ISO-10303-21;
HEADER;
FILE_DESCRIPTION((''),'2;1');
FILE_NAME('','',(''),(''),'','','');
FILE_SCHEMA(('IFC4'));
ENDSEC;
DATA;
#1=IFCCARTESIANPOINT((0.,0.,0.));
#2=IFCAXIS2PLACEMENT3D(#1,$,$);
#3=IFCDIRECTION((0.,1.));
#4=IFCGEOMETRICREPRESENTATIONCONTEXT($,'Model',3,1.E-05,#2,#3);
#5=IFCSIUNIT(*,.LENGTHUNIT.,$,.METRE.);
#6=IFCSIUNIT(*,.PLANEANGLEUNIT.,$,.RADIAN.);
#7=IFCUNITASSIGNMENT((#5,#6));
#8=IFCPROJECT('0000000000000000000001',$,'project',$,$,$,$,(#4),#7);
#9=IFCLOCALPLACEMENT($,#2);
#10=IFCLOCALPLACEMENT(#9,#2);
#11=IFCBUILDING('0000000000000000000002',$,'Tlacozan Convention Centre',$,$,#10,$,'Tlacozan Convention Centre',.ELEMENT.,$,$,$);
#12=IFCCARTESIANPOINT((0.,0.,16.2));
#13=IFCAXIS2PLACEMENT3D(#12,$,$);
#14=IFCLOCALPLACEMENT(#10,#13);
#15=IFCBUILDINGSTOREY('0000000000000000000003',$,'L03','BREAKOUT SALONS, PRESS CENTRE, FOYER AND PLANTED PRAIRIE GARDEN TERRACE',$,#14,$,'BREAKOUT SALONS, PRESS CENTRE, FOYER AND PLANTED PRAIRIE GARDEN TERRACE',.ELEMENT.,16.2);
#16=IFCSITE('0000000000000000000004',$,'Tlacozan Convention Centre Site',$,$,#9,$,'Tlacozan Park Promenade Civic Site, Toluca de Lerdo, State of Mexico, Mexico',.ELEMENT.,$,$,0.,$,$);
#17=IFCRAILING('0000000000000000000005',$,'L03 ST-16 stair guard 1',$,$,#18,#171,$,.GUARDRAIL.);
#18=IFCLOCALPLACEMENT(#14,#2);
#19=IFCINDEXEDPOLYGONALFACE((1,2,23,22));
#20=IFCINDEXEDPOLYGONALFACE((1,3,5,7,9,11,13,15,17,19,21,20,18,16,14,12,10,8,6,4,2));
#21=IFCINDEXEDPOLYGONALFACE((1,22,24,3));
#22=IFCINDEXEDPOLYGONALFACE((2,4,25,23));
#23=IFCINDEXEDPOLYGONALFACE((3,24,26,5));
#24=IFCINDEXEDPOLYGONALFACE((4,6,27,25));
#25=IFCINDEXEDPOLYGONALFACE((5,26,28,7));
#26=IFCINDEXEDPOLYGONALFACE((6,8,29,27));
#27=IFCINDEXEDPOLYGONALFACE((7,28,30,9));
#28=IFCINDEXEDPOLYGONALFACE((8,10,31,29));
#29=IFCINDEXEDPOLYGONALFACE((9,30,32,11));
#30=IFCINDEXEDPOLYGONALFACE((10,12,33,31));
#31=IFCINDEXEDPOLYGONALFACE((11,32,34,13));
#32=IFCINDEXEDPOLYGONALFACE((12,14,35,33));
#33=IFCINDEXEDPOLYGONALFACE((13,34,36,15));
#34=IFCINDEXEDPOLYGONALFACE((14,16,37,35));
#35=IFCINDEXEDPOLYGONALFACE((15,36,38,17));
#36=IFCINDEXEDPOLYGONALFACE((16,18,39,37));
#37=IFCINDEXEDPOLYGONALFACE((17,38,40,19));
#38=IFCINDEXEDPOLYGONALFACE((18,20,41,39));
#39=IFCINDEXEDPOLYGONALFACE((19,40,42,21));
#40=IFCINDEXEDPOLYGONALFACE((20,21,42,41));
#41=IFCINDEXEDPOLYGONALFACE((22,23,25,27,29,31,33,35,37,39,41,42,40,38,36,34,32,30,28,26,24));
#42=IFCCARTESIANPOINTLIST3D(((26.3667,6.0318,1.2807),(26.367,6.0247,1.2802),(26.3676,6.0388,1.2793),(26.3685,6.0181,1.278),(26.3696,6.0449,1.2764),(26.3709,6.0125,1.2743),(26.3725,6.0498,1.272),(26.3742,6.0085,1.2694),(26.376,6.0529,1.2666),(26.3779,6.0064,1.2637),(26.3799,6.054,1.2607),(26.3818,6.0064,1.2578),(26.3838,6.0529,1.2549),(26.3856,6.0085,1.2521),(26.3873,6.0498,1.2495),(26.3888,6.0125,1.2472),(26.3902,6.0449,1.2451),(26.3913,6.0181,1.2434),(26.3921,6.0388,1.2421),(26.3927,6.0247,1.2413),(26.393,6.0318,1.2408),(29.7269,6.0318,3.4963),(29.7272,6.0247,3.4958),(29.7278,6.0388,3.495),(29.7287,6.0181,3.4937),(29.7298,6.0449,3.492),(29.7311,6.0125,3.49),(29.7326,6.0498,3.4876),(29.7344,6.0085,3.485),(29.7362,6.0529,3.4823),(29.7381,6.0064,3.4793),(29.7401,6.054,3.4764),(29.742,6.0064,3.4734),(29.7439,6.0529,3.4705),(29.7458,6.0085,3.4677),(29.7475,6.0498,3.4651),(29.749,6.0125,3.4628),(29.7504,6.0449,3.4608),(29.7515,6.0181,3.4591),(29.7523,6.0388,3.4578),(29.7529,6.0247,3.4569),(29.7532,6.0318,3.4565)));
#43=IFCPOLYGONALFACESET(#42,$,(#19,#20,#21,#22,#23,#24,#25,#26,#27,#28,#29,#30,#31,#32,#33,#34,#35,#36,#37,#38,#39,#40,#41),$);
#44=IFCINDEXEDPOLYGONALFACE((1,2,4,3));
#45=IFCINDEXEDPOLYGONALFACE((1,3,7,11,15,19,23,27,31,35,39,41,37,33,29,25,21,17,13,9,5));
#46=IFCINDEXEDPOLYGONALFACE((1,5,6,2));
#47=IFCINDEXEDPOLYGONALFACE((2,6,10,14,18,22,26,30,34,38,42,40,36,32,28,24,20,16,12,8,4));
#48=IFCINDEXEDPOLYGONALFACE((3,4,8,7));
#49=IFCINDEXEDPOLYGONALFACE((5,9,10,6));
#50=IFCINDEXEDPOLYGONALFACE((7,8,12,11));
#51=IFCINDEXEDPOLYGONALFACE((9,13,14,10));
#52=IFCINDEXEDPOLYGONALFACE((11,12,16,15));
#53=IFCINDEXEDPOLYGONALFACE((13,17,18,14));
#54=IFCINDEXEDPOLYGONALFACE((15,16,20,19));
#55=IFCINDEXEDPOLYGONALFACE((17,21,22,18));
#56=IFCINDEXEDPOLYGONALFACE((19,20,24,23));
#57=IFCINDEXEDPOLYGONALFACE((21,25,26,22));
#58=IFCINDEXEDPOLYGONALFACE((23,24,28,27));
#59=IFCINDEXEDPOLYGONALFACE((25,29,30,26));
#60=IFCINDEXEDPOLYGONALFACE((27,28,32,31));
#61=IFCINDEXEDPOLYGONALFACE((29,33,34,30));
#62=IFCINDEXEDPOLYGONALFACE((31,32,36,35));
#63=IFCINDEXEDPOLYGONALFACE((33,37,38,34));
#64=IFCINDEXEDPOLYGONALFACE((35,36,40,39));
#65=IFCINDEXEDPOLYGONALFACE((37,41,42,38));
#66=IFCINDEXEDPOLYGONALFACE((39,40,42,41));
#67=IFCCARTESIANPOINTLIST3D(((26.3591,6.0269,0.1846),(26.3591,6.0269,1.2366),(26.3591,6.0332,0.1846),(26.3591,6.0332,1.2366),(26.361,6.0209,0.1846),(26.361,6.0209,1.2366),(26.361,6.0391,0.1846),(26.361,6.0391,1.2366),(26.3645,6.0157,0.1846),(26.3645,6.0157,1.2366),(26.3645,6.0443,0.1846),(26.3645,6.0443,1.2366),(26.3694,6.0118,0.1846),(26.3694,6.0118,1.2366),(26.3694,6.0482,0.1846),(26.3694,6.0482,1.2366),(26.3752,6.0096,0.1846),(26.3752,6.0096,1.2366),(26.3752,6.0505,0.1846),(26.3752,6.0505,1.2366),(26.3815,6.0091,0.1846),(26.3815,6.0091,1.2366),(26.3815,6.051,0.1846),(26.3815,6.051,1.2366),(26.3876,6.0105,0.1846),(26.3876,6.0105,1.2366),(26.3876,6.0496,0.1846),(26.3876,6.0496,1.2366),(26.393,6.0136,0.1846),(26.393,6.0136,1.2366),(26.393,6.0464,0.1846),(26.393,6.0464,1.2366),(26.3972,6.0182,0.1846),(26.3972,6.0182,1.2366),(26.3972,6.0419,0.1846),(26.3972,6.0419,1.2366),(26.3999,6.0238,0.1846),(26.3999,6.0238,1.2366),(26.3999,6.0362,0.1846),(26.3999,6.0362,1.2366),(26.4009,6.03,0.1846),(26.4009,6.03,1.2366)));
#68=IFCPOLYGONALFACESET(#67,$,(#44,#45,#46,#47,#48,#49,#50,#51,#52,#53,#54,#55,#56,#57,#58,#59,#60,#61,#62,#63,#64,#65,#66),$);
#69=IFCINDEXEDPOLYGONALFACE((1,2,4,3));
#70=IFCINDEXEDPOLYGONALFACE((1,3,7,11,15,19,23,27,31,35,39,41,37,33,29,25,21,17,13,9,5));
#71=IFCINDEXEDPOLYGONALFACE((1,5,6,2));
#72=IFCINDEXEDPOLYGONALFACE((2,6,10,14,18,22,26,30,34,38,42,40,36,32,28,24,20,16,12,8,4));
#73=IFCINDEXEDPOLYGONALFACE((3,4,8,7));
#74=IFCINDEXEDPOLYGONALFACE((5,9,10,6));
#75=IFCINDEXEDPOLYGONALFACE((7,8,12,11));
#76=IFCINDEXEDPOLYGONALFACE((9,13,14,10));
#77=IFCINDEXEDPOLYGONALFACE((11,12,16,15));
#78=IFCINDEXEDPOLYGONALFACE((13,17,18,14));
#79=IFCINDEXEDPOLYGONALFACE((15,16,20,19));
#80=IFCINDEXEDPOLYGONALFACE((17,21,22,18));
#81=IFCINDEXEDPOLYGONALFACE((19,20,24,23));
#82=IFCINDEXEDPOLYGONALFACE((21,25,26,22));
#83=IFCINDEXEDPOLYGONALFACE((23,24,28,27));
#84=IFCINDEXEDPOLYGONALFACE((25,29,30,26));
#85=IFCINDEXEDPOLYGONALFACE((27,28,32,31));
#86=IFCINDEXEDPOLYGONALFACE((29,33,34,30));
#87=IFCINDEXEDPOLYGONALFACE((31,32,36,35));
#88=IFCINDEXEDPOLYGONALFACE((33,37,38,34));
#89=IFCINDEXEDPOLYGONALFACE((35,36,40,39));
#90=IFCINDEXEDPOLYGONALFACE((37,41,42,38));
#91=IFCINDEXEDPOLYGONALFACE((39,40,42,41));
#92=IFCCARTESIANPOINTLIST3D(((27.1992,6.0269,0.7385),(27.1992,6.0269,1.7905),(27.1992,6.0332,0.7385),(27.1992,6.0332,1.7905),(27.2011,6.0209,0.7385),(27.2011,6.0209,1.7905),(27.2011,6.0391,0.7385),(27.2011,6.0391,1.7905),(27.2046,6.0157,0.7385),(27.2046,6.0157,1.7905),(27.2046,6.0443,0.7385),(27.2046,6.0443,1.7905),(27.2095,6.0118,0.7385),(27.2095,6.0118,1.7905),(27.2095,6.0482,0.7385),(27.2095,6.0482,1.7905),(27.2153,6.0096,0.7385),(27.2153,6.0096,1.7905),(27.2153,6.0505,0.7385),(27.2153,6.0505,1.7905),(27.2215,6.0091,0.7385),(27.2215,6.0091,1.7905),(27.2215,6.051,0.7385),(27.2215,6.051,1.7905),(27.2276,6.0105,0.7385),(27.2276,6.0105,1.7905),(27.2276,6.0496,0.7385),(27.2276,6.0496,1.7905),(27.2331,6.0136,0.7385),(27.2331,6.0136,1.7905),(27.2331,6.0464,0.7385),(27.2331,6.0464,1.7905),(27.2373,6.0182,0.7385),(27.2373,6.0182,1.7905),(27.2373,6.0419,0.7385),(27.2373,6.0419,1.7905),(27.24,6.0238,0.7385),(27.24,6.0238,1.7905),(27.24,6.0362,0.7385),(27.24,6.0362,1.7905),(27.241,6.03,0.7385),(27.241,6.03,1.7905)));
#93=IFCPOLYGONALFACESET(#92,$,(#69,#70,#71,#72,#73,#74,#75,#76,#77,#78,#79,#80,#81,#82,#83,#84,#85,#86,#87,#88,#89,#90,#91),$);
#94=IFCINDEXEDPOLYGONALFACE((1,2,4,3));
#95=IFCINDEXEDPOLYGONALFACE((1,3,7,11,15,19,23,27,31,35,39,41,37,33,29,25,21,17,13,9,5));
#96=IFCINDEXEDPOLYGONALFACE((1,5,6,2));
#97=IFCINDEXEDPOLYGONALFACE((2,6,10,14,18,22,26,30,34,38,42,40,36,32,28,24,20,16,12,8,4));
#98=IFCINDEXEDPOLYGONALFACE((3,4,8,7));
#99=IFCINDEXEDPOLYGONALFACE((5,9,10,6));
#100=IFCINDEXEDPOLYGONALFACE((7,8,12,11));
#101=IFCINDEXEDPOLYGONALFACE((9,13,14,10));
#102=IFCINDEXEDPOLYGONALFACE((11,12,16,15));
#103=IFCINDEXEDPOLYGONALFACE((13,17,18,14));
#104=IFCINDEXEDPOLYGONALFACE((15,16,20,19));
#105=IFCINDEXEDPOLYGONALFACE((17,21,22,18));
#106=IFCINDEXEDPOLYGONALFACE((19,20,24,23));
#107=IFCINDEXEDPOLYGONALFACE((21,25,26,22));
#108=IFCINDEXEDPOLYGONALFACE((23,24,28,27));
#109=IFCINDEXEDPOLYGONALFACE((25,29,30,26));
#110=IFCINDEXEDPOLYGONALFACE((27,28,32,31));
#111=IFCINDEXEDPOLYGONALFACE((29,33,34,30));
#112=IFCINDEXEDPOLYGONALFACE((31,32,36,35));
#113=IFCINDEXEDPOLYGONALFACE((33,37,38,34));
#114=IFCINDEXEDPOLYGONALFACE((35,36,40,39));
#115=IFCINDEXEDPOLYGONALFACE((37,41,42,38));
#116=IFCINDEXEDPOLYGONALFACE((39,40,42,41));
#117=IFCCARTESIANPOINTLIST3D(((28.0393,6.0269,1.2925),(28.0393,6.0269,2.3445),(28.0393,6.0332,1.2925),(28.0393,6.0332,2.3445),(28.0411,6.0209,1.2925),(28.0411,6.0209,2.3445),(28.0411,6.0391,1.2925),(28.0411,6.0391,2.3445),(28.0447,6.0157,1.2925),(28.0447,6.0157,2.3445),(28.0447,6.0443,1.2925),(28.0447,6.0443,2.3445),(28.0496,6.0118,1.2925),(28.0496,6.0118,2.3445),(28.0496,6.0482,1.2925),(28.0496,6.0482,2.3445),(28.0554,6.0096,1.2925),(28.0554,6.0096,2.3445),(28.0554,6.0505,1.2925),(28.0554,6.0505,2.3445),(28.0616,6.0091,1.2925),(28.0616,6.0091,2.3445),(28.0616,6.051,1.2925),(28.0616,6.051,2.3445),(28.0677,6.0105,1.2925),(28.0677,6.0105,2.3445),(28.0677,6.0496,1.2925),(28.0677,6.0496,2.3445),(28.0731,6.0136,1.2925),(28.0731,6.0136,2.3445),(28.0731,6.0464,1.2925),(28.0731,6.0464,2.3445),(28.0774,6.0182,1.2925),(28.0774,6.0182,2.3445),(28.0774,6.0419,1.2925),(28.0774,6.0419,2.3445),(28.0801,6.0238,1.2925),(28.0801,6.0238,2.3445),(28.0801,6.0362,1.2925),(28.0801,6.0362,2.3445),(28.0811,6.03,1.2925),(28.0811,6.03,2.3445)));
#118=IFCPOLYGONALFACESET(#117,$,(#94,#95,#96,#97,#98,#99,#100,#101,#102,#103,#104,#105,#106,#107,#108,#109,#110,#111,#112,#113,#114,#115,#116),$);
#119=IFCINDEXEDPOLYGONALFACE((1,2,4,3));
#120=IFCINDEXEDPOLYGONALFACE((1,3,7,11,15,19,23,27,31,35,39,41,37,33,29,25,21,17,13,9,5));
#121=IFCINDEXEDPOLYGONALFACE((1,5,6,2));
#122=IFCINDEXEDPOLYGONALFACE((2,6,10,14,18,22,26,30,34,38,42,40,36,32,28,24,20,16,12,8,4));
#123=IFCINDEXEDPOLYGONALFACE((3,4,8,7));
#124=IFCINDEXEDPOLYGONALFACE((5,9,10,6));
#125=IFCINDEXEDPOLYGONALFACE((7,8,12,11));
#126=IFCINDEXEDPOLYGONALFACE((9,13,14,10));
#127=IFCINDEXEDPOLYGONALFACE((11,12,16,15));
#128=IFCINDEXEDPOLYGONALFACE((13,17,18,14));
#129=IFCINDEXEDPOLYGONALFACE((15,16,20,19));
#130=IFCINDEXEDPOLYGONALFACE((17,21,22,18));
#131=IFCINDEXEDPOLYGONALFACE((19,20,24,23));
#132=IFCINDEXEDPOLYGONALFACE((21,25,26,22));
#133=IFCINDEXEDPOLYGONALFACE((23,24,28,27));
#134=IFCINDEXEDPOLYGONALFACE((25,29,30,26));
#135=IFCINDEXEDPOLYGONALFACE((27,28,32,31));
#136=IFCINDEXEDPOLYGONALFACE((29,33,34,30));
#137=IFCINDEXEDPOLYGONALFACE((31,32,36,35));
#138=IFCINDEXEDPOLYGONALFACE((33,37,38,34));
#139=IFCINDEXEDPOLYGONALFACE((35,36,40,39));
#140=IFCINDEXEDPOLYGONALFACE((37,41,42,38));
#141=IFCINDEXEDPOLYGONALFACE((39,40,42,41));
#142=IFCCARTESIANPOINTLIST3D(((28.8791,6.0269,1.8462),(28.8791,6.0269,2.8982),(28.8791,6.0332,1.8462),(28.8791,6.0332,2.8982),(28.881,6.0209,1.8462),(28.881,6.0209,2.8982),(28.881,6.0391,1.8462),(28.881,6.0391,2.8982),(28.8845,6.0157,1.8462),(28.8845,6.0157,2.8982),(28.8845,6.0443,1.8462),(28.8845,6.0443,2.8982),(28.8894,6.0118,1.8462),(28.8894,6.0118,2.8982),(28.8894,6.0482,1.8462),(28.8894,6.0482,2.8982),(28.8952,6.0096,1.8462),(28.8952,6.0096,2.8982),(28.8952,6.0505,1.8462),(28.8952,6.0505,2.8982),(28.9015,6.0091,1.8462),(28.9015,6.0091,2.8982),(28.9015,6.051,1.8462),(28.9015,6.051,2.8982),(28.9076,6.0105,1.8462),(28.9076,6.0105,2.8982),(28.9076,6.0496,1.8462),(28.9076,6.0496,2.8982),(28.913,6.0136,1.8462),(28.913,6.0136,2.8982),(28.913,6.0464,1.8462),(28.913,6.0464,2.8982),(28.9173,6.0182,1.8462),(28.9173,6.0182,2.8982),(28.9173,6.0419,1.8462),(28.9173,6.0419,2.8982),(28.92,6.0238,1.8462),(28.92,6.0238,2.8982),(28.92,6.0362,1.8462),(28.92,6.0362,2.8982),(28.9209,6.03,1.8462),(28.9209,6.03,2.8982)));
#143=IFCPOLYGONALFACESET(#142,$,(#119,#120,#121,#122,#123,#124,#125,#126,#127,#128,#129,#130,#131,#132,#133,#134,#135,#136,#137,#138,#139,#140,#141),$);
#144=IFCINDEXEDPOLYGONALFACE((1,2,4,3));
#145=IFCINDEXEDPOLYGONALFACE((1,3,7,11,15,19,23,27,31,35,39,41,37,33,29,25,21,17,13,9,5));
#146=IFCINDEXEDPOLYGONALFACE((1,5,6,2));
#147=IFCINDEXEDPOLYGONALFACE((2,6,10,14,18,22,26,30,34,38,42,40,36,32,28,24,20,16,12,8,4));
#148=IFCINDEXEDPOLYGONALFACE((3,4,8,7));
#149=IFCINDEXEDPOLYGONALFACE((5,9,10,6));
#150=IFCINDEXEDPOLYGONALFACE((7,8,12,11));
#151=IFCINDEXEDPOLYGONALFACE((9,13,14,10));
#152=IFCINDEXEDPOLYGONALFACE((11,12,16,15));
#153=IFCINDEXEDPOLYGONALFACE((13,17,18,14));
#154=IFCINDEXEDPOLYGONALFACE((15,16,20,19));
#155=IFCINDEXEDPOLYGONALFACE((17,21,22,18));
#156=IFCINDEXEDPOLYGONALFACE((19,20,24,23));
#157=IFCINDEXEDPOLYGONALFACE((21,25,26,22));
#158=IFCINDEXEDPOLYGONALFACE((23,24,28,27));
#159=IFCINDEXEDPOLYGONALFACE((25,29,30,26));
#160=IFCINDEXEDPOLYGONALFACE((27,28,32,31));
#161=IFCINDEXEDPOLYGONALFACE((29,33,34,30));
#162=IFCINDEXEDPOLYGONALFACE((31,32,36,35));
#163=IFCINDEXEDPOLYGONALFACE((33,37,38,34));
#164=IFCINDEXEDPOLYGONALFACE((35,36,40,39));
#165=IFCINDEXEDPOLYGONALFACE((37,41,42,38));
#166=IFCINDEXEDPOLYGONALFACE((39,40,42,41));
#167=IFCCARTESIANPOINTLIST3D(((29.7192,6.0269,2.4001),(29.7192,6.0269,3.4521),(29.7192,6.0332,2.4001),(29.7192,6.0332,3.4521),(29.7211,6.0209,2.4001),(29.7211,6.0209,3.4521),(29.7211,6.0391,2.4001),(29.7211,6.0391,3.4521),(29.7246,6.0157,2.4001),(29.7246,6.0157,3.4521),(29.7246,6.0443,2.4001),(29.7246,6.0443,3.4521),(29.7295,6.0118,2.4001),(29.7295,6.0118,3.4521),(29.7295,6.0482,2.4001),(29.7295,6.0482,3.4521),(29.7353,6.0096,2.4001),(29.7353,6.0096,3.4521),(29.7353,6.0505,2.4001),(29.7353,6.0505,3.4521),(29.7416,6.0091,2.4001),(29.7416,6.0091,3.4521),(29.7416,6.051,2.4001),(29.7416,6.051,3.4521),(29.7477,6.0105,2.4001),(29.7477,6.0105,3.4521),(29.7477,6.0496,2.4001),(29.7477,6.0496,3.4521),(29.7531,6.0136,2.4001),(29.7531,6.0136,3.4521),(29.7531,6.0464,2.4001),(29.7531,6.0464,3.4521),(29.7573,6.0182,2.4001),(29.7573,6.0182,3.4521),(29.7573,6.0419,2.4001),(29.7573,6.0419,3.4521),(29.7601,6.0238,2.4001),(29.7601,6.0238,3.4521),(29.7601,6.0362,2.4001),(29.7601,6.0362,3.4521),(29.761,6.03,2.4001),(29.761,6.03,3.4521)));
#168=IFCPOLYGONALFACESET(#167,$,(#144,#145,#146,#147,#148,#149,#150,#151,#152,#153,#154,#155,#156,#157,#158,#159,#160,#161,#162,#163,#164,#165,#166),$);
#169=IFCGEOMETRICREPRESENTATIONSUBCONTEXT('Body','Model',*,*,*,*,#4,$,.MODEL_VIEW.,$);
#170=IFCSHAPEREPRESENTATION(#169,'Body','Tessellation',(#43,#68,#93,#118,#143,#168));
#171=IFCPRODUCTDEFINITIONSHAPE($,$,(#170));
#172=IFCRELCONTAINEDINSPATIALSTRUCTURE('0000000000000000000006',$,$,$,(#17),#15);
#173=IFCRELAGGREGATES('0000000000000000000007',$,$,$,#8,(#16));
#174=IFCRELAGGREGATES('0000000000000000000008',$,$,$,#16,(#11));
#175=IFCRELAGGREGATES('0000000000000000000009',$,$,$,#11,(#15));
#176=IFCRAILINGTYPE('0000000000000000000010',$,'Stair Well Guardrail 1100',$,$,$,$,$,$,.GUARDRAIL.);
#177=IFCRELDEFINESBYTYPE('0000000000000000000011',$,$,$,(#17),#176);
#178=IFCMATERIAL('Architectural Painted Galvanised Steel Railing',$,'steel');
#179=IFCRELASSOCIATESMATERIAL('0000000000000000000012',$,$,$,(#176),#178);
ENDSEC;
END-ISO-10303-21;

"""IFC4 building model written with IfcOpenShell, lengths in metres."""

from ifc_helpers import new_model, si_unit, direction, frame, origin, origin_2d, place, context, subcontext, project, spatial, circle, extrude, material, type_object, element, save


model = new_model("IFC4")

# Units and contexts
model_context = context("Model", 3, precision=1e-05, world=origin(), true_north=direction((0.0, 1.0)))
body_context = subcontext(model_context, "Body", "Model", "MODEL_VIEW")
ifc_project = project(units=[si_unit("LENGTHUNIT", "METRE"), si_unit("PLANEANGLEUNIT", "RADIAN")], contexts=[model_context])

# Site, building, storey
site_placement = place(None, origin())
site = spatial("IfcSite", under=ifc_project, at=site_placement, Name="Tlacozan Convention Centre Site", LongName="Tlacozan Park Promenade Civic Site, Toluca de Lerdo, State of Mexico, Mexico", CompositionType="ELEMENT", RefElevation=0.0)
building_placement = place(site_placement, origin())
building = spatial("IfcBuilding", under=site, at=building_placement, Name="Tlacozan Convention Centre", LongName="Tlacozan Convention Centre", CompositionType="ELEMENT")
storey_placement = place(building_placement, frame((0.0, 0.0, 16.2)))
storey = spatial("IfcBuildingStorey", under=building, at=storey_placement, Name="L03", Description="BREAKOUT SALONS, PRESS CENTRE, FOYER AND PLANTED PRAIRIE GARDEN TERRACE", LongName="BREAKOUT SALONS, PRESS CENTRE, FOYER AND PLANTED PRAIRIE GARDEN TERRACE", CompositionType="ELEMENT", Elevation=16.2)

# Railing
ifc_material_1 = material(Name="Architectural Painted Galvanised Steel Railing", Category="steel")
railing_type_1 = type_object("IfcRailingType", Name="Stair Well Guardrail 1100", PredefinedType="GUARDRAIL", material=ifc_material_1)
railing_1_placement = place(storey_placement, frame((26.3799, 6.03, 0.1846)))
element("IfcRailing", 1, at=railing_1_placement, inside=storey, type_object=railing_type_1, Name="L03 ST-16 stair guard 1", PredefinedType="GUARDRAIL", context=body_context, shape_type="SweptSolid", body=[
    extrude(circle(Radius=0.0239, at=origin_2d()), frame((0.0, 0.0, 1.0762), z_axis=(0.834849, 0.0, 0.55048), x_axis=(0.0, 1.0, 0.0)), (0.0, 0.0, 1.0), 4.0249),
    extrude(circle(Radius=0.021, at=origin_2d()), origin(), (0.0, 0.0, 1.0), 1.052),
    extrude(circle(Radius=0.021, at=origin_2d()), frame((0.8401, 0.0, 0.554)), (0.0, 0.0, 1.0), 1.052),
    extrude(circle(Radius=0.021, at=origin_2d()), frame((1.6802, 0.0, 1.1079)), (0.0, 0.0, 1.0), 1.052),
    extrude(circle(Radius=0.021, at=origin_2d()), frame((2.52, 0.0, 1.6616)), (0.0, 0.0, 1.0), 1.052),
    extrude(circle(Radius=0.021, at=origin_2d()), frame((3.3601, 0.0, 2.2156)), (0.0, 0.0, 1.0), 1.052),
])

save(model, "model.ifc")
